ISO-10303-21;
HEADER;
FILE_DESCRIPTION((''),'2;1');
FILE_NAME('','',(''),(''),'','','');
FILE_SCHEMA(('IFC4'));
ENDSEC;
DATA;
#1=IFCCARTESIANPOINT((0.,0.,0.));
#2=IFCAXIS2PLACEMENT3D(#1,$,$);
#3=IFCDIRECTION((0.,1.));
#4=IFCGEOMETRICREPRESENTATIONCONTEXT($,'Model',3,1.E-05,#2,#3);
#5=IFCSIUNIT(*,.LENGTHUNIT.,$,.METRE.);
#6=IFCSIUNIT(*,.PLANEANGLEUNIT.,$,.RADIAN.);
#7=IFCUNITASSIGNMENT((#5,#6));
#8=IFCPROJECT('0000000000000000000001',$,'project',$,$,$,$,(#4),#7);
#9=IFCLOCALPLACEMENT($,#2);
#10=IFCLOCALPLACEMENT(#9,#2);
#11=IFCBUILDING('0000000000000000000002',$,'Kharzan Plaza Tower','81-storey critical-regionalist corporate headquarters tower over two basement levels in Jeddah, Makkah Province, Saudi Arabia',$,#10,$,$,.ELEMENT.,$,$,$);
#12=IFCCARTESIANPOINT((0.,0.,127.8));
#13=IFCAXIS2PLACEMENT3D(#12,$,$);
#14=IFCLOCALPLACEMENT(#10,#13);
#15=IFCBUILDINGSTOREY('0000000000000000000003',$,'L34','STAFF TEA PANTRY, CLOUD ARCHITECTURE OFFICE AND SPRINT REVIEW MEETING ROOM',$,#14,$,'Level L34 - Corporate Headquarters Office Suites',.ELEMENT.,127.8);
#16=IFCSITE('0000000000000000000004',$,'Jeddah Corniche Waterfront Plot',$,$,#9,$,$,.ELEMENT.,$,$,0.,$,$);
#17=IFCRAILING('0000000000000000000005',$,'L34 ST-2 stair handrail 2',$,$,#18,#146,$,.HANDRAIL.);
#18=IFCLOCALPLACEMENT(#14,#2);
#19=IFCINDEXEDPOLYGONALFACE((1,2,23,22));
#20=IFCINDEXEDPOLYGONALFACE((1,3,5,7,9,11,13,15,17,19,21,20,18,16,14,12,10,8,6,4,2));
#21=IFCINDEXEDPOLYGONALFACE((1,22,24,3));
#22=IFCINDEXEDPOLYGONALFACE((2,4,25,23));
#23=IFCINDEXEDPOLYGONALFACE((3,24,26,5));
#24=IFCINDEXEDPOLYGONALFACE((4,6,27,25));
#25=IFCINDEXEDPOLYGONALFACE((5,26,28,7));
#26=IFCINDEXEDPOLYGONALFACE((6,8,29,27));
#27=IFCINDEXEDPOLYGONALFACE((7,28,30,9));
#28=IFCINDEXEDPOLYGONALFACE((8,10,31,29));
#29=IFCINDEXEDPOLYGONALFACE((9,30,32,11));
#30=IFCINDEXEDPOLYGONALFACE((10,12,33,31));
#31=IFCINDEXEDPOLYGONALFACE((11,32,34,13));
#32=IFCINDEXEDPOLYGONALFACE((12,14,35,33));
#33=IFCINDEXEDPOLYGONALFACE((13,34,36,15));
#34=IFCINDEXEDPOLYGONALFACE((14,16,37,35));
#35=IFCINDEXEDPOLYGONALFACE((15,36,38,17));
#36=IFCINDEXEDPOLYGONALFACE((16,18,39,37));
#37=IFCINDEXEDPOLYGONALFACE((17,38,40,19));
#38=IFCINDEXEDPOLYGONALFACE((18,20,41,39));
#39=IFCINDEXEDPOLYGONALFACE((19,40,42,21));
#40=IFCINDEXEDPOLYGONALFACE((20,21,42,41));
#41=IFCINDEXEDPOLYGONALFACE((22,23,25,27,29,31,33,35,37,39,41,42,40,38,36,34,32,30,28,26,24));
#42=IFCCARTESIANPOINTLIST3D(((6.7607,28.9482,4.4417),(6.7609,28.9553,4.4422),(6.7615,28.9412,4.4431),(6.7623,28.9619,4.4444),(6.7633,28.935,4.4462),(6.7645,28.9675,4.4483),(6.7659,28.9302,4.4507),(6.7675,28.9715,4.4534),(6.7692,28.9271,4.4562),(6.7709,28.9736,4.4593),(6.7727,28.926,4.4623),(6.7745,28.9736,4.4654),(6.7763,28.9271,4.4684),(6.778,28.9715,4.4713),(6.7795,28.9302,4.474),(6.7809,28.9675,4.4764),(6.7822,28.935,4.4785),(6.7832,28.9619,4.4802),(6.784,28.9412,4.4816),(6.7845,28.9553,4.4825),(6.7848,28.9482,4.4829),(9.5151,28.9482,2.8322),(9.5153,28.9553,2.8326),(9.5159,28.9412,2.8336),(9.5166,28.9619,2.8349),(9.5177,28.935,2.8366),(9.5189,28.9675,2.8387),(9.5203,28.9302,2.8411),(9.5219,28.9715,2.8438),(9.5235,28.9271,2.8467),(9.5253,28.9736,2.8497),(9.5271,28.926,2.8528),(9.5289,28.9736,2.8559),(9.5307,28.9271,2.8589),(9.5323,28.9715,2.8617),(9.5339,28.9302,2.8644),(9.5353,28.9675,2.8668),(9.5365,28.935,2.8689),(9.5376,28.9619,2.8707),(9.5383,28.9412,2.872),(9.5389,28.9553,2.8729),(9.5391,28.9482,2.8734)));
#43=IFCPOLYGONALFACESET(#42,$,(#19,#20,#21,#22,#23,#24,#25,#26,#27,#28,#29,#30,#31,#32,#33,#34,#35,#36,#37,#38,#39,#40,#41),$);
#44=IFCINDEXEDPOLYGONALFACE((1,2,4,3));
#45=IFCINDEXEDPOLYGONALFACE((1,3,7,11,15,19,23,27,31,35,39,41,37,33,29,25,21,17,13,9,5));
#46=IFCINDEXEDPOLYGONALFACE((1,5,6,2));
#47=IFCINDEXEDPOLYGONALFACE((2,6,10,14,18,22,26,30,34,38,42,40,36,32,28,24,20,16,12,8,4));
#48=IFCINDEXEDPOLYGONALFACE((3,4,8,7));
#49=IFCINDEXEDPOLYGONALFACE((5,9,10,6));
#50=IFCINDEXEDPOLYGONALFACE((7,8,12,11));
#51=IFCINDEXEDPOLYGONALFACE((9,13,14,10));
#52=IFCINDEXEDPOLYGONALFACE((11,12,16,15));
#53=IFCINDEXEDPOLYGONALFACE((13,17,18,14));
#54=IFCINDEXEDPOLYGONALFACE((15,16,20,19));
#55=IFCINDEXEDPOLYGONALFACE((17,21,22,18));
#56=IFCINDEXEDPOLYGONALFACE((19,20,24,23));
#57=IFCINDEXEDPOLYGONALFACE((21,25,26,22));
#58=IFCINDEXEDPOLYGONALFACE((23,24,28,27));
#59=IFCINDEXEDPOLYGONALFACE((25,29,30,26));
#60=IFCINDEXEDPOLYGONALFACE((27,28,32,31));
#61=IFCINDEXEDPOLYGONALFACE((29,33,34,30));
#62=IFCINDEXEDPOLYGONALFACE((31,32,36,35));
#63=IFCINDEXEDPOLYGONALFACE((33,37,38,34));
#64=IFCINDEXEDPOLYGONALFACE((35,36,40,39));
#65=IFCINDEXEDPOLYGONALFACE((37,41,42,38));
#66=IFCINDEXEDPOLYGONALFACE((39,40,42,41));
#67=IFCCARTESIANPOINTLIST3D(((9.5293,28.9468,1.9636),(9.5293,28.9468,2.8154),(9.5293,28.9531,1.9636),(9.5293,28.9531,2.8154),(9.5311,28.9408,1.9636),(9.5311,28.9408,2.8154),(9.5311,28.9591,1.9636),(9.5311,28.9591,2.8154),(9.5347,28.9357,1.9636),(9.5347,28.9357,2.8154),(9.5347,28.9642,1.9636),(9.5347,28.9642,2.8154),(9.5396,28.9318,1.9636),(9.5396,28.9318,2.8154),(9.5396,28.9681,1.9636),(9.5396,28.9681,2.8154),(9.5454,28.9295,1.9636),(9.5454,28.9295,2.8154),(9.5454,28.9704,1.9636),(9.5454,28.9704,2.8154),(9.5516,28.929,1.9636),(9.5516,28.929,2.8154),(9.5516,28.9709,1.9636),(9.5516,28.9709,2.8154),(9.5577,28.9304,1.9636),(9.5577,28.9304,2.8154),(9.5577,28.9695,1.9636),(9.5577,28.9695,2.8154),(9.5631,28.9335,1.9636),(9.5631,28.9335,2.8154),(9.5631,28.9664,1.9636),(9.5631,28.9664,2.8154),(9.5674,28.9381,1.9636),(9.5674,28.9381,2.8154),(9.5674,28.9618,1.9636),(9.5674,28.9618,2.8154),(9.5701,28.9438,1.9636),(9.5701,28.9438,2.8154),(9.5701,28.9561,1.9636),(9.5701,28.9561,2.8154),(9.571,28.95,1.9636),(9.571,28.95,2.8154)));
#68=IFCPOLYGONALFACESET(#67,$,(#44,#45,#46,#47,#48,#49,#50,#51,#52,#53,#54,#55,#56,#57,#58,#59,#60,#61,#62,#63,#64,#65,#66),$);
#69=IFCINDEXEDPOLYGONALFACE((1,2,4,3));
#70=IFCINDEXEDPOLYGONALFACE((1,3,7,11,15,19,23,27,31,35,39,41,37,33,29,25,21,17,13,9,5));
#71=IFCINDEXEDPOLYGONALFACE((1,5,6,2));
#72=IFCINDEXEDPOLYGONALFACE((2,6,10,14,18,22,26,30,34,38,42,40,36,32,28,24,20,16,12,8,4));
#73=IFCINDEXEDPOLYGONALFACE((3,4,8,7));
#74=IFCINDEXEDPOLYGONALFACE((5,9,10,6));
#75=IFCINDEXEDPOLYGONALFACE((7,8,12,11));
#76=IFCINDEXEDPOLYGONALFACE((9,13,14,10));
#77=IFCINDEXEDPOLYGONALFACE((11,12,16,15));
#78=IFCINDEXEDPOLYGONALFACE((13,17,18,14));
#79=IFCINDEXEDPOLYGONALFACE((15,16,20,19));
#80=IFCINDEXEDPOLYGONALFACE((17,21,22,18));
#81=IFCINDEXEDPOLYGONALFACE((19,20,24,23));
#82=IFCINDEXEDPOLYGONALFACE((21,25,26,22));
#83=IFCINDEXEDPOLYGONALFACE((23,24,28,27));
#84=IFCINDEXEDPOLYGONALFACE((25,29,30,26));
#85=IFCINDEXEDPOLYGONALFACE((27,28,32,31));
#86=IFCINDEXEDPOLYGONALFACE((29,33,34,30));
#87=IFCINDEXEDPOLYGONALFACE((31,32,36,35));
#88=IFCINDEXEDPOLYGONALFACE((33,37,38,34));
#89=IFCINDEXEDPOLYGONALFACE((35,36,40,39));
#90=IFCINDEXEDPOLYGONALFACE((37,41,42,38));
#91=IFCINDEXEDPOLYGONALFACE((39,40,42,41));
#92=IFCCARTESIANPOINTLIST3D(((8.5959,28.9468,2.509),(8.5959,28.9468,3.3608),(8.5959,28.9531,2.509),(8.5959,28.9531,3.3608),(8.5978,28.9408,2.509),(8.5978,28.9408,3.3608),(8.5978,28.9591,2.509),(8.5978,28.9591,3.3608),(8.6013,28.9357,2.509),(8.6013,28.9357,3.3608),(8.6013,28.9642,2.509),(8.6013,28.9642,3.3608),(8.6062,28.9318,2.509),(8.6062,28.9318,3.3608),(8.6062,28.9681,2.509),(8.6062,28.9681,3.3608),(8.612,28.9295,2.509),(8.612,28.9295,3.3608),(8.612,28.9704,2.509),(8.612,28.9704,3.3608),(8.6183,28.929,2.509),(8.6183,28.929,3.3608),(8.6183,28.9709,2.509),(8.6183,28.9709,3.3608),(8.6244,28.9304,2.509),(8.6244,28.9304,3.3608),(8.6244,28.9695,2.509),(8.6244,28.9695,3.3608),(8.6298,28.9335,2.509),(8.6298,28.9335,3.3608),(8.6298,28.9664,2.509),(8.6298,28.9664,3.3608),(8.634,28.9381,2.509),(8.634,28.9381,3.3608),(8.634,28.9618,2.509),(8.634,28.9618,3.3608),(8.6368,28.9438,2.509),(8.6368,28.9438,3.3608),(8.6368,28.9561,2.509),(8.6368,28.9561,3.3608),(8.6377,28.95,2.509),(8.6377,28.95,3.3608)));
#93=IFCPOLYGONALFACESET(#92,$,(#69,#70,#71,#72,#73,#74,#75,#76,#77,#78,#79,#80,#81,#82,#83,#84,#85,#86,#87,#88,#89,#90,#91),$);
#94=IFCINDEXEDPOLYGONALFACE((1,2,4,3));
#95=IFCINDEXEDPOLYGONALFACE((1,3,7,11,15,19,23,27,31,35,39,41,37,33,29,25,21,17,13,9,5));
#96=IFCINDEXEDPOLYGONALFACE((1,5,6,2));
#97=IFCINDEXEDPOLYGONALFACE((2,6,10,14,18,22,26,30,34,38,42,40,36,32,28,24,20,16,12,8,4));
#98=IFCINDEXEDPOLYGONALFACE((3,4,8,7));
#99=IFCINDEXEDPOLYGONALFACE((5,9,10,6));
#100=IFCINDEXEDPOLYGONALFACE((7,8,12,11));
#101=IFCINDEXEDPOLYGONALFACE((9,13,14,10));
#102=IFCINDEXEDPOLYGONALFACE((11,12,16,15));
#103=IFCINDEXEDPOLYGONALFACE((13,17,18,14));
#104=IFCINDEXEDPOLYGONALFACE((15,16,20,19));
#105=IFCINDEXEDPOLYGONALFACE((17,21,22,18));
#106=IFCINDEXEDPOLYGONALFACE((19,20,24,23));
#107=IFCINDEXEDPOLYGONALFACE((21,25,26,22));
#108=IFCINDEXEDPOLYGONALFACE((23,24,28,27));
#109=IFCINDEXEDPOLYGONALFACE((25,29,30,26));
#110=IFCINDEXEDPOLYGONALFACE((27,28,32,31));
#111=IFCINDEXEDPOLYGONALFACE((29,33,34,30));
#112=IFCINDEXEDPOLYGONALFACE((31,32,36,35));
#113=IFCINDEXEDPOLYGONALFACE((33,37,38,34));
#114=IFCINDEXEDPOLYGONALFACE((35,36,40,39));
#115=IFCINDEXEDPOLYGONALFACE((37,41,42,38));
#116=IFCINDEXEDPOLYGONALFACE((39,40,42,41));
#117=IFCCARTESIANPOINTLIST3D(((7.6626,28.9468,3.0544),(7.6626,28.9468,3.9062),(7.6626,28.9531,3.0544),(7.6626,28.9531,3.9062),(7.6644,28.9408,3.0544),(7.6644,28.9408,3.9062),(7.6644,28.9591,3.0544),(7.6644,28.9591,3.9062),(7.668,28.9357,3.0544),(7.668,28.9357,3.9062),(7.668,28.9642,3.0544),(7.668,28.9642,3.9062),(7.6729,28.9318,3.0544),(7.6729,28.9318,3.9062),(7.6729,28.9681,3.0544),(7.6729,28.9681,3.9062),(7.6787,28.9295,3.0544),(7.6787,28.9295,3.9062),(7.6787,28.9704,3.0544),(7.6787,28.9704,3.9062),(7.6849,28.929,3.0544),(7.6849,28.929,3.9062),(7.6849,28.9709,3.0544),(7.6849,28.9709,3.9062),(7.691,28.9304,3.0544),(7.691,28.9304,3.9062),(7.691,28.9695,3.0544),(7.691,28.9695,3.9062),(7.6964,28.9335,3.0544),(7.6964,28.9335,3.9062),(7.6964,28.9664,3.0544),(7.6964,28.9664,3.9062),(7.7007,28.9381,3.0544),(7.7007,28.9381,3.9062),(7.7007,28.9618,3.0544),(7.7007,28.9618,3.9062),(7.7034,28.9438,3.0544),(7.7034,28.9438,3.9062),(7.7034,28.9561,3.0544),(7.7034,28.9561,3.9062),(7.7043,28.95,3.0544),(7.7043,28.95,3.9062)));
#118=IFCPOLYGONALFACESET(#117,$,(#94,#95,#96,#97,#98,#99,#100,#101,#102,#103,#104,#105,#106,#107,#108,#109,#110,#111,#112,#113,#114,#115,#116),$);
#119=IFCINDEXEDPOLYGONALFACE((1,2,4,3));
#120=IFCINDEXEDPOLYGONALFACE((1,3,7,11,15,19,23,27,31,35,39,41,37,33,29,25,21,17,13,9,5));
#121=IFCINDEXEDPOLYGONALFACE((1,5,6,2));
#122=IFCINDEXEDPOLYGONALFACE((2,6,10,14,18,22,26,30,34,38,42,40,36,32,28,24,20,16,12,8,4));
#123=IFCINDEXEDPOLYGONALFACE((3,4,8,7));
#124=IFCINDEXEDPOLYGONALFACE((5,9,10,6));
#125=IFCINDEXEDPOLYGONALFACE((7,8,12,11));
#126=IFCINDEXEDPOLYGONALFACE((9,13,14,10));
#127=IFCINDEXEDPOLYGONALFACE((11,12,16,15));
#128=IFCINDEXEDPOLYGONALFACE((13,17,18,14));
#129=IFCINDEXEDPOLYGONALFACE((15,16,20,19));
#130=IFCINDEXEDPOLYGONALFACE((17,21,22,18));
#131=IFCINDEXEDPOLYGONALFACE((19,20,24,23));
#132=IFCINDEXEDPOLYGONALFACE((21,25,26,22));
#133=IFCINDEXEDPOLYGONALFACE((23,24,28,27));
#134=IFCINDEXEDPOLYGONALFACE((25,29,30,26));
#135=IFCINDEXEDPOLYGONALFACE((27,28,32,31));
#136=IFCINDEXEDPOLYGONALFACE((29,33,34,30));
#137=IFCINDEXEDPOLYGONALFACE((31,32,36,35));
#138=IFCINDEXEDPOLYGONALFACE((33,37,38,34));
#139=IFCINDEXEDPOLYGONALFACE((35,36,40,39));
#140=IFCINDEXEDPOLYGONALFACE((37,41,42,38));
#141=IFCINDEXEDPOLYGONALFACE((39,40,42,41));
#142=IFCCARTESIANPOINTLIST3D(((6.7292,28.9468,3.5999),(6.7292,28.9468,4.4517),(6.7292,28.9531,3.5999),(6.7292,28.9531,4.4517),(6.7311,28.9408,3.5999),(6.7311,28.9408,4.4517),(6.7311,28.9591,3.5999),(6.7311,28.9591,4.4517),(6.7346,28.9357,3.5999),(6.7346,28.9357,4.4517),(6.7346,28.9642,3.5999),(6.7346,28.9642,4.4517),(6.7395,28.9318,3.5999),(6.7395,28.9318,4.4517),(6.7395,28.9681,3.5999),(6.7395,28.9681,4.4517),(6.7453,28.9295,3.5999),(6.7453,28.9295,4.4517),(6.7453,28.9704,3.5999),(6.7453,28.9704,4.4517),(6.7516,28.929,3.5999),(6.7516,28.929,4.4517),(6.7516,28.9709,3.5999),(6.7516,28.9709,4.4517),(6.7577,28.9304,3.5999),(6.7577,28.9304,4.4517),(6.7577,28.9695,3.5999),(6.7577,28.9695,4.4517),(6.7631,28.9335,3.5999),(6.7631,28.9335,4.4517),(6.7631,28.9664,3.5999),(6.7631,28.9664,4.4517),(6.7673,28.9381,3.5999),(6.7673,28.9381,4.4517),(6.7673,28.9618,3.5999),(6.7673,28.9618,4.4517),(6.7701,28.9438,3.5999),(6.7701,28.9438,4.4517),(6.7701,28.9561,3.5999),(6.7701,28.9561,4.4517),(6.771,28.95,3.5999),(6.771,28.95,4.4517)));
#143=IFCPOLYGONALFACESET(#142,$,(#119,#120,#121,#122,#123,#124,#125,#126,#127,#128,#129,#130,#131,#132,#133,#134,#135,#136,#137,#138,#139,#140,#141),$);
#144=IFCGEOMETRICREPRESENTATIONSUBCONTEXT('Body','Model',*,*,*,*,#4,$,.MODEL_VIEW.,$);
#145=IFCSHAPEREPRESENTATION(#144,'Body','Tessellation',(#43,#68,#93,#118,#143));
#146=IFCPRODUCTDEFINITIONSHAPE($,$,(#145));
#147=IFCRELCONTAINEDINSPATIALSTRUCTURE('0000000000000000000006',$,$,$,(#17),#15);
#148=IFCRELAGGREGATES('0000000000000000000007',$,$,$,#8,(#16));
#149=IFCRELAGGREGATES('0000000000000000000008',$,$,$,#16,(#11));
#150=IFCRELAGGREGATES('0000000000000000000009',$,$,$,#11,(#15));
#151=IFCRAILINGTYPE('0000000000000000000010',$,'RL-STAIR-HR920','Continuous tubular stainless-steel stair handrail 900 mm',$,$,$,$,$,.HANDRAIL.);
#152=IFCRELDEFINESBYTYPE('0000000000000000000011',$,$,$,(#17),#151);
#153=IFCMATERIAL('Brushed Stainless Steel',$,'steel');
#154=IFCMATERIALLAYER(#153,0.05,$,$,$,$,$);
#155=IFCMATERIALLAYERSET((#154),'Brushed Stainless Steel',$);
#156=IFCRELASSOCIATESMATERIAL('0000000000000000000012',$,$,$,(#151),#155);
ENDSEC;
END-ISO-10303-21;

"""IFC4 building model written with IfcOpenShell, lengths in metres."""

from ifc_helpers import new_model, si_unit, direction, frame, origin, origin_2d, place, context, subcontext, project, spatial, circle, extrude, source, transform, mapped, material, layer, layer_set, type_object, element, save


model = new_model("IFC4")

# Units and contexts
model_context = context("Model", 3, precision=1e-05, world=origin(), true_north=direction((0.0, 1.0)))
body_context = subcontext(model_context, "Body", "Model", "MODEL_VIEW")
ifc_project = project(units=[si_unit("LENGTHUNIT", "METRE"), si_unit("PLANEANGLEUNIT", "RADIAN")], contexts=[model_context])

# Site, building, storey
site_placement = place(None, origin())
site = spatial("IfcSite", under=ifc_project, at=site_placement, Name="Jeddah Corniche Waterfront Plot", CompositionType="ELEMENT", RefElevation=0.0)
building_placement = place(site_placement, origin())
building = spatial("IfcBuilding", under=site, at=building_placement, Name="Kharzan Plaza Tower", Description="81-storey critical-regionalist corporate headquarters tower over two basement levels in Jeddah, Makkah Province, Saudi Arabia", CompositionType="ELEMENT")
storey_placement = place(building_placement, frame((0.0, 0.0, 127.8)))
storey = spatial("IfcBuildingStorey", under=building, at=storey_placement, Name="L34", Description="STAFF TEA PANTRY, CLOUD ARCHITECTURE OFFICE AND SPRINT REVIEW MEETING ROOM", LongName="Level L34 - Corporate Headquarters Office Suites", CompositionType="ELEMENT", Elevation=127.8)

# Railing
ifc_material_1 = material(Name="Brushed Stainless Steel", Category="steel")
ifc_layer_1 = layer(ifc_material_1, 0.05)
ifc_layer_set_1 = layer_set([ifc_layer_1], Name="Brushed Stainless Steel")
railing_type_1 = type_object("IfcRailingType", Name="RL-STAIR-HR920", Description="Continuous tubular stainless-steel stair handrail 900 mm", PredefinedType="HANDRAIL", material=ifc_layer_set_1)
shared_shape_1 = source(origin(), body_context, "Body", "SweptSolid", [
    extrude(circle(Radius=0.0239, at=origin_2d()), frame((-0.0229, 0.0, 0.8892), z_axis=(-0.863394, 0.0, 0.504531), x_axis=(0.0, -1.0, 0.0)), (0.0, 0.0, 1.0), 3.1902),
    extrude(circle(Radius=0.021, at=origin_2d()), origin(), (0.0, 0.0, 1.0), 0.8518),
    extrude(circle(Radius=0.021, at=origin_2d()), frame((-0.9333, 0.0, 0.5454)), (0.0, 0.0, 1.0), 0.8518),
    extrude(circle(Radius=0.021, at=origin_2d()), frame((-1.8667, 0.0, 1.0908)), (0.0, 0.0, 1.0), 0.8518),
    extrude(circle(Radius=0.021, at=origin_2d()), frame((-2.8, 0.0, 1.6362)), (0.0, 0.0, 1.0), 0.8518),
])
railing_1_placement = place(storey_placement, frame((9.55, 28.95, 1.9636)))
element("IfcRailing", 1, at=railing_1_placement, inside=storey, type_object=railing_type_1, Name="L34 ST-2 stair handrail 2", PredefinedType="HANDRAIL", context=body_context, shape_type="MappedRepresentation", body=[
    mapped(shared_shape_1, transform((0.0, 0.0, 0.0), x_axis=(1.0, 0.0, 0.0), y_axis=(0.0, 1.0, 0.0), z_axis=(0.0, 0.0, 1.0))),
])

save(model, "model.ifc")
